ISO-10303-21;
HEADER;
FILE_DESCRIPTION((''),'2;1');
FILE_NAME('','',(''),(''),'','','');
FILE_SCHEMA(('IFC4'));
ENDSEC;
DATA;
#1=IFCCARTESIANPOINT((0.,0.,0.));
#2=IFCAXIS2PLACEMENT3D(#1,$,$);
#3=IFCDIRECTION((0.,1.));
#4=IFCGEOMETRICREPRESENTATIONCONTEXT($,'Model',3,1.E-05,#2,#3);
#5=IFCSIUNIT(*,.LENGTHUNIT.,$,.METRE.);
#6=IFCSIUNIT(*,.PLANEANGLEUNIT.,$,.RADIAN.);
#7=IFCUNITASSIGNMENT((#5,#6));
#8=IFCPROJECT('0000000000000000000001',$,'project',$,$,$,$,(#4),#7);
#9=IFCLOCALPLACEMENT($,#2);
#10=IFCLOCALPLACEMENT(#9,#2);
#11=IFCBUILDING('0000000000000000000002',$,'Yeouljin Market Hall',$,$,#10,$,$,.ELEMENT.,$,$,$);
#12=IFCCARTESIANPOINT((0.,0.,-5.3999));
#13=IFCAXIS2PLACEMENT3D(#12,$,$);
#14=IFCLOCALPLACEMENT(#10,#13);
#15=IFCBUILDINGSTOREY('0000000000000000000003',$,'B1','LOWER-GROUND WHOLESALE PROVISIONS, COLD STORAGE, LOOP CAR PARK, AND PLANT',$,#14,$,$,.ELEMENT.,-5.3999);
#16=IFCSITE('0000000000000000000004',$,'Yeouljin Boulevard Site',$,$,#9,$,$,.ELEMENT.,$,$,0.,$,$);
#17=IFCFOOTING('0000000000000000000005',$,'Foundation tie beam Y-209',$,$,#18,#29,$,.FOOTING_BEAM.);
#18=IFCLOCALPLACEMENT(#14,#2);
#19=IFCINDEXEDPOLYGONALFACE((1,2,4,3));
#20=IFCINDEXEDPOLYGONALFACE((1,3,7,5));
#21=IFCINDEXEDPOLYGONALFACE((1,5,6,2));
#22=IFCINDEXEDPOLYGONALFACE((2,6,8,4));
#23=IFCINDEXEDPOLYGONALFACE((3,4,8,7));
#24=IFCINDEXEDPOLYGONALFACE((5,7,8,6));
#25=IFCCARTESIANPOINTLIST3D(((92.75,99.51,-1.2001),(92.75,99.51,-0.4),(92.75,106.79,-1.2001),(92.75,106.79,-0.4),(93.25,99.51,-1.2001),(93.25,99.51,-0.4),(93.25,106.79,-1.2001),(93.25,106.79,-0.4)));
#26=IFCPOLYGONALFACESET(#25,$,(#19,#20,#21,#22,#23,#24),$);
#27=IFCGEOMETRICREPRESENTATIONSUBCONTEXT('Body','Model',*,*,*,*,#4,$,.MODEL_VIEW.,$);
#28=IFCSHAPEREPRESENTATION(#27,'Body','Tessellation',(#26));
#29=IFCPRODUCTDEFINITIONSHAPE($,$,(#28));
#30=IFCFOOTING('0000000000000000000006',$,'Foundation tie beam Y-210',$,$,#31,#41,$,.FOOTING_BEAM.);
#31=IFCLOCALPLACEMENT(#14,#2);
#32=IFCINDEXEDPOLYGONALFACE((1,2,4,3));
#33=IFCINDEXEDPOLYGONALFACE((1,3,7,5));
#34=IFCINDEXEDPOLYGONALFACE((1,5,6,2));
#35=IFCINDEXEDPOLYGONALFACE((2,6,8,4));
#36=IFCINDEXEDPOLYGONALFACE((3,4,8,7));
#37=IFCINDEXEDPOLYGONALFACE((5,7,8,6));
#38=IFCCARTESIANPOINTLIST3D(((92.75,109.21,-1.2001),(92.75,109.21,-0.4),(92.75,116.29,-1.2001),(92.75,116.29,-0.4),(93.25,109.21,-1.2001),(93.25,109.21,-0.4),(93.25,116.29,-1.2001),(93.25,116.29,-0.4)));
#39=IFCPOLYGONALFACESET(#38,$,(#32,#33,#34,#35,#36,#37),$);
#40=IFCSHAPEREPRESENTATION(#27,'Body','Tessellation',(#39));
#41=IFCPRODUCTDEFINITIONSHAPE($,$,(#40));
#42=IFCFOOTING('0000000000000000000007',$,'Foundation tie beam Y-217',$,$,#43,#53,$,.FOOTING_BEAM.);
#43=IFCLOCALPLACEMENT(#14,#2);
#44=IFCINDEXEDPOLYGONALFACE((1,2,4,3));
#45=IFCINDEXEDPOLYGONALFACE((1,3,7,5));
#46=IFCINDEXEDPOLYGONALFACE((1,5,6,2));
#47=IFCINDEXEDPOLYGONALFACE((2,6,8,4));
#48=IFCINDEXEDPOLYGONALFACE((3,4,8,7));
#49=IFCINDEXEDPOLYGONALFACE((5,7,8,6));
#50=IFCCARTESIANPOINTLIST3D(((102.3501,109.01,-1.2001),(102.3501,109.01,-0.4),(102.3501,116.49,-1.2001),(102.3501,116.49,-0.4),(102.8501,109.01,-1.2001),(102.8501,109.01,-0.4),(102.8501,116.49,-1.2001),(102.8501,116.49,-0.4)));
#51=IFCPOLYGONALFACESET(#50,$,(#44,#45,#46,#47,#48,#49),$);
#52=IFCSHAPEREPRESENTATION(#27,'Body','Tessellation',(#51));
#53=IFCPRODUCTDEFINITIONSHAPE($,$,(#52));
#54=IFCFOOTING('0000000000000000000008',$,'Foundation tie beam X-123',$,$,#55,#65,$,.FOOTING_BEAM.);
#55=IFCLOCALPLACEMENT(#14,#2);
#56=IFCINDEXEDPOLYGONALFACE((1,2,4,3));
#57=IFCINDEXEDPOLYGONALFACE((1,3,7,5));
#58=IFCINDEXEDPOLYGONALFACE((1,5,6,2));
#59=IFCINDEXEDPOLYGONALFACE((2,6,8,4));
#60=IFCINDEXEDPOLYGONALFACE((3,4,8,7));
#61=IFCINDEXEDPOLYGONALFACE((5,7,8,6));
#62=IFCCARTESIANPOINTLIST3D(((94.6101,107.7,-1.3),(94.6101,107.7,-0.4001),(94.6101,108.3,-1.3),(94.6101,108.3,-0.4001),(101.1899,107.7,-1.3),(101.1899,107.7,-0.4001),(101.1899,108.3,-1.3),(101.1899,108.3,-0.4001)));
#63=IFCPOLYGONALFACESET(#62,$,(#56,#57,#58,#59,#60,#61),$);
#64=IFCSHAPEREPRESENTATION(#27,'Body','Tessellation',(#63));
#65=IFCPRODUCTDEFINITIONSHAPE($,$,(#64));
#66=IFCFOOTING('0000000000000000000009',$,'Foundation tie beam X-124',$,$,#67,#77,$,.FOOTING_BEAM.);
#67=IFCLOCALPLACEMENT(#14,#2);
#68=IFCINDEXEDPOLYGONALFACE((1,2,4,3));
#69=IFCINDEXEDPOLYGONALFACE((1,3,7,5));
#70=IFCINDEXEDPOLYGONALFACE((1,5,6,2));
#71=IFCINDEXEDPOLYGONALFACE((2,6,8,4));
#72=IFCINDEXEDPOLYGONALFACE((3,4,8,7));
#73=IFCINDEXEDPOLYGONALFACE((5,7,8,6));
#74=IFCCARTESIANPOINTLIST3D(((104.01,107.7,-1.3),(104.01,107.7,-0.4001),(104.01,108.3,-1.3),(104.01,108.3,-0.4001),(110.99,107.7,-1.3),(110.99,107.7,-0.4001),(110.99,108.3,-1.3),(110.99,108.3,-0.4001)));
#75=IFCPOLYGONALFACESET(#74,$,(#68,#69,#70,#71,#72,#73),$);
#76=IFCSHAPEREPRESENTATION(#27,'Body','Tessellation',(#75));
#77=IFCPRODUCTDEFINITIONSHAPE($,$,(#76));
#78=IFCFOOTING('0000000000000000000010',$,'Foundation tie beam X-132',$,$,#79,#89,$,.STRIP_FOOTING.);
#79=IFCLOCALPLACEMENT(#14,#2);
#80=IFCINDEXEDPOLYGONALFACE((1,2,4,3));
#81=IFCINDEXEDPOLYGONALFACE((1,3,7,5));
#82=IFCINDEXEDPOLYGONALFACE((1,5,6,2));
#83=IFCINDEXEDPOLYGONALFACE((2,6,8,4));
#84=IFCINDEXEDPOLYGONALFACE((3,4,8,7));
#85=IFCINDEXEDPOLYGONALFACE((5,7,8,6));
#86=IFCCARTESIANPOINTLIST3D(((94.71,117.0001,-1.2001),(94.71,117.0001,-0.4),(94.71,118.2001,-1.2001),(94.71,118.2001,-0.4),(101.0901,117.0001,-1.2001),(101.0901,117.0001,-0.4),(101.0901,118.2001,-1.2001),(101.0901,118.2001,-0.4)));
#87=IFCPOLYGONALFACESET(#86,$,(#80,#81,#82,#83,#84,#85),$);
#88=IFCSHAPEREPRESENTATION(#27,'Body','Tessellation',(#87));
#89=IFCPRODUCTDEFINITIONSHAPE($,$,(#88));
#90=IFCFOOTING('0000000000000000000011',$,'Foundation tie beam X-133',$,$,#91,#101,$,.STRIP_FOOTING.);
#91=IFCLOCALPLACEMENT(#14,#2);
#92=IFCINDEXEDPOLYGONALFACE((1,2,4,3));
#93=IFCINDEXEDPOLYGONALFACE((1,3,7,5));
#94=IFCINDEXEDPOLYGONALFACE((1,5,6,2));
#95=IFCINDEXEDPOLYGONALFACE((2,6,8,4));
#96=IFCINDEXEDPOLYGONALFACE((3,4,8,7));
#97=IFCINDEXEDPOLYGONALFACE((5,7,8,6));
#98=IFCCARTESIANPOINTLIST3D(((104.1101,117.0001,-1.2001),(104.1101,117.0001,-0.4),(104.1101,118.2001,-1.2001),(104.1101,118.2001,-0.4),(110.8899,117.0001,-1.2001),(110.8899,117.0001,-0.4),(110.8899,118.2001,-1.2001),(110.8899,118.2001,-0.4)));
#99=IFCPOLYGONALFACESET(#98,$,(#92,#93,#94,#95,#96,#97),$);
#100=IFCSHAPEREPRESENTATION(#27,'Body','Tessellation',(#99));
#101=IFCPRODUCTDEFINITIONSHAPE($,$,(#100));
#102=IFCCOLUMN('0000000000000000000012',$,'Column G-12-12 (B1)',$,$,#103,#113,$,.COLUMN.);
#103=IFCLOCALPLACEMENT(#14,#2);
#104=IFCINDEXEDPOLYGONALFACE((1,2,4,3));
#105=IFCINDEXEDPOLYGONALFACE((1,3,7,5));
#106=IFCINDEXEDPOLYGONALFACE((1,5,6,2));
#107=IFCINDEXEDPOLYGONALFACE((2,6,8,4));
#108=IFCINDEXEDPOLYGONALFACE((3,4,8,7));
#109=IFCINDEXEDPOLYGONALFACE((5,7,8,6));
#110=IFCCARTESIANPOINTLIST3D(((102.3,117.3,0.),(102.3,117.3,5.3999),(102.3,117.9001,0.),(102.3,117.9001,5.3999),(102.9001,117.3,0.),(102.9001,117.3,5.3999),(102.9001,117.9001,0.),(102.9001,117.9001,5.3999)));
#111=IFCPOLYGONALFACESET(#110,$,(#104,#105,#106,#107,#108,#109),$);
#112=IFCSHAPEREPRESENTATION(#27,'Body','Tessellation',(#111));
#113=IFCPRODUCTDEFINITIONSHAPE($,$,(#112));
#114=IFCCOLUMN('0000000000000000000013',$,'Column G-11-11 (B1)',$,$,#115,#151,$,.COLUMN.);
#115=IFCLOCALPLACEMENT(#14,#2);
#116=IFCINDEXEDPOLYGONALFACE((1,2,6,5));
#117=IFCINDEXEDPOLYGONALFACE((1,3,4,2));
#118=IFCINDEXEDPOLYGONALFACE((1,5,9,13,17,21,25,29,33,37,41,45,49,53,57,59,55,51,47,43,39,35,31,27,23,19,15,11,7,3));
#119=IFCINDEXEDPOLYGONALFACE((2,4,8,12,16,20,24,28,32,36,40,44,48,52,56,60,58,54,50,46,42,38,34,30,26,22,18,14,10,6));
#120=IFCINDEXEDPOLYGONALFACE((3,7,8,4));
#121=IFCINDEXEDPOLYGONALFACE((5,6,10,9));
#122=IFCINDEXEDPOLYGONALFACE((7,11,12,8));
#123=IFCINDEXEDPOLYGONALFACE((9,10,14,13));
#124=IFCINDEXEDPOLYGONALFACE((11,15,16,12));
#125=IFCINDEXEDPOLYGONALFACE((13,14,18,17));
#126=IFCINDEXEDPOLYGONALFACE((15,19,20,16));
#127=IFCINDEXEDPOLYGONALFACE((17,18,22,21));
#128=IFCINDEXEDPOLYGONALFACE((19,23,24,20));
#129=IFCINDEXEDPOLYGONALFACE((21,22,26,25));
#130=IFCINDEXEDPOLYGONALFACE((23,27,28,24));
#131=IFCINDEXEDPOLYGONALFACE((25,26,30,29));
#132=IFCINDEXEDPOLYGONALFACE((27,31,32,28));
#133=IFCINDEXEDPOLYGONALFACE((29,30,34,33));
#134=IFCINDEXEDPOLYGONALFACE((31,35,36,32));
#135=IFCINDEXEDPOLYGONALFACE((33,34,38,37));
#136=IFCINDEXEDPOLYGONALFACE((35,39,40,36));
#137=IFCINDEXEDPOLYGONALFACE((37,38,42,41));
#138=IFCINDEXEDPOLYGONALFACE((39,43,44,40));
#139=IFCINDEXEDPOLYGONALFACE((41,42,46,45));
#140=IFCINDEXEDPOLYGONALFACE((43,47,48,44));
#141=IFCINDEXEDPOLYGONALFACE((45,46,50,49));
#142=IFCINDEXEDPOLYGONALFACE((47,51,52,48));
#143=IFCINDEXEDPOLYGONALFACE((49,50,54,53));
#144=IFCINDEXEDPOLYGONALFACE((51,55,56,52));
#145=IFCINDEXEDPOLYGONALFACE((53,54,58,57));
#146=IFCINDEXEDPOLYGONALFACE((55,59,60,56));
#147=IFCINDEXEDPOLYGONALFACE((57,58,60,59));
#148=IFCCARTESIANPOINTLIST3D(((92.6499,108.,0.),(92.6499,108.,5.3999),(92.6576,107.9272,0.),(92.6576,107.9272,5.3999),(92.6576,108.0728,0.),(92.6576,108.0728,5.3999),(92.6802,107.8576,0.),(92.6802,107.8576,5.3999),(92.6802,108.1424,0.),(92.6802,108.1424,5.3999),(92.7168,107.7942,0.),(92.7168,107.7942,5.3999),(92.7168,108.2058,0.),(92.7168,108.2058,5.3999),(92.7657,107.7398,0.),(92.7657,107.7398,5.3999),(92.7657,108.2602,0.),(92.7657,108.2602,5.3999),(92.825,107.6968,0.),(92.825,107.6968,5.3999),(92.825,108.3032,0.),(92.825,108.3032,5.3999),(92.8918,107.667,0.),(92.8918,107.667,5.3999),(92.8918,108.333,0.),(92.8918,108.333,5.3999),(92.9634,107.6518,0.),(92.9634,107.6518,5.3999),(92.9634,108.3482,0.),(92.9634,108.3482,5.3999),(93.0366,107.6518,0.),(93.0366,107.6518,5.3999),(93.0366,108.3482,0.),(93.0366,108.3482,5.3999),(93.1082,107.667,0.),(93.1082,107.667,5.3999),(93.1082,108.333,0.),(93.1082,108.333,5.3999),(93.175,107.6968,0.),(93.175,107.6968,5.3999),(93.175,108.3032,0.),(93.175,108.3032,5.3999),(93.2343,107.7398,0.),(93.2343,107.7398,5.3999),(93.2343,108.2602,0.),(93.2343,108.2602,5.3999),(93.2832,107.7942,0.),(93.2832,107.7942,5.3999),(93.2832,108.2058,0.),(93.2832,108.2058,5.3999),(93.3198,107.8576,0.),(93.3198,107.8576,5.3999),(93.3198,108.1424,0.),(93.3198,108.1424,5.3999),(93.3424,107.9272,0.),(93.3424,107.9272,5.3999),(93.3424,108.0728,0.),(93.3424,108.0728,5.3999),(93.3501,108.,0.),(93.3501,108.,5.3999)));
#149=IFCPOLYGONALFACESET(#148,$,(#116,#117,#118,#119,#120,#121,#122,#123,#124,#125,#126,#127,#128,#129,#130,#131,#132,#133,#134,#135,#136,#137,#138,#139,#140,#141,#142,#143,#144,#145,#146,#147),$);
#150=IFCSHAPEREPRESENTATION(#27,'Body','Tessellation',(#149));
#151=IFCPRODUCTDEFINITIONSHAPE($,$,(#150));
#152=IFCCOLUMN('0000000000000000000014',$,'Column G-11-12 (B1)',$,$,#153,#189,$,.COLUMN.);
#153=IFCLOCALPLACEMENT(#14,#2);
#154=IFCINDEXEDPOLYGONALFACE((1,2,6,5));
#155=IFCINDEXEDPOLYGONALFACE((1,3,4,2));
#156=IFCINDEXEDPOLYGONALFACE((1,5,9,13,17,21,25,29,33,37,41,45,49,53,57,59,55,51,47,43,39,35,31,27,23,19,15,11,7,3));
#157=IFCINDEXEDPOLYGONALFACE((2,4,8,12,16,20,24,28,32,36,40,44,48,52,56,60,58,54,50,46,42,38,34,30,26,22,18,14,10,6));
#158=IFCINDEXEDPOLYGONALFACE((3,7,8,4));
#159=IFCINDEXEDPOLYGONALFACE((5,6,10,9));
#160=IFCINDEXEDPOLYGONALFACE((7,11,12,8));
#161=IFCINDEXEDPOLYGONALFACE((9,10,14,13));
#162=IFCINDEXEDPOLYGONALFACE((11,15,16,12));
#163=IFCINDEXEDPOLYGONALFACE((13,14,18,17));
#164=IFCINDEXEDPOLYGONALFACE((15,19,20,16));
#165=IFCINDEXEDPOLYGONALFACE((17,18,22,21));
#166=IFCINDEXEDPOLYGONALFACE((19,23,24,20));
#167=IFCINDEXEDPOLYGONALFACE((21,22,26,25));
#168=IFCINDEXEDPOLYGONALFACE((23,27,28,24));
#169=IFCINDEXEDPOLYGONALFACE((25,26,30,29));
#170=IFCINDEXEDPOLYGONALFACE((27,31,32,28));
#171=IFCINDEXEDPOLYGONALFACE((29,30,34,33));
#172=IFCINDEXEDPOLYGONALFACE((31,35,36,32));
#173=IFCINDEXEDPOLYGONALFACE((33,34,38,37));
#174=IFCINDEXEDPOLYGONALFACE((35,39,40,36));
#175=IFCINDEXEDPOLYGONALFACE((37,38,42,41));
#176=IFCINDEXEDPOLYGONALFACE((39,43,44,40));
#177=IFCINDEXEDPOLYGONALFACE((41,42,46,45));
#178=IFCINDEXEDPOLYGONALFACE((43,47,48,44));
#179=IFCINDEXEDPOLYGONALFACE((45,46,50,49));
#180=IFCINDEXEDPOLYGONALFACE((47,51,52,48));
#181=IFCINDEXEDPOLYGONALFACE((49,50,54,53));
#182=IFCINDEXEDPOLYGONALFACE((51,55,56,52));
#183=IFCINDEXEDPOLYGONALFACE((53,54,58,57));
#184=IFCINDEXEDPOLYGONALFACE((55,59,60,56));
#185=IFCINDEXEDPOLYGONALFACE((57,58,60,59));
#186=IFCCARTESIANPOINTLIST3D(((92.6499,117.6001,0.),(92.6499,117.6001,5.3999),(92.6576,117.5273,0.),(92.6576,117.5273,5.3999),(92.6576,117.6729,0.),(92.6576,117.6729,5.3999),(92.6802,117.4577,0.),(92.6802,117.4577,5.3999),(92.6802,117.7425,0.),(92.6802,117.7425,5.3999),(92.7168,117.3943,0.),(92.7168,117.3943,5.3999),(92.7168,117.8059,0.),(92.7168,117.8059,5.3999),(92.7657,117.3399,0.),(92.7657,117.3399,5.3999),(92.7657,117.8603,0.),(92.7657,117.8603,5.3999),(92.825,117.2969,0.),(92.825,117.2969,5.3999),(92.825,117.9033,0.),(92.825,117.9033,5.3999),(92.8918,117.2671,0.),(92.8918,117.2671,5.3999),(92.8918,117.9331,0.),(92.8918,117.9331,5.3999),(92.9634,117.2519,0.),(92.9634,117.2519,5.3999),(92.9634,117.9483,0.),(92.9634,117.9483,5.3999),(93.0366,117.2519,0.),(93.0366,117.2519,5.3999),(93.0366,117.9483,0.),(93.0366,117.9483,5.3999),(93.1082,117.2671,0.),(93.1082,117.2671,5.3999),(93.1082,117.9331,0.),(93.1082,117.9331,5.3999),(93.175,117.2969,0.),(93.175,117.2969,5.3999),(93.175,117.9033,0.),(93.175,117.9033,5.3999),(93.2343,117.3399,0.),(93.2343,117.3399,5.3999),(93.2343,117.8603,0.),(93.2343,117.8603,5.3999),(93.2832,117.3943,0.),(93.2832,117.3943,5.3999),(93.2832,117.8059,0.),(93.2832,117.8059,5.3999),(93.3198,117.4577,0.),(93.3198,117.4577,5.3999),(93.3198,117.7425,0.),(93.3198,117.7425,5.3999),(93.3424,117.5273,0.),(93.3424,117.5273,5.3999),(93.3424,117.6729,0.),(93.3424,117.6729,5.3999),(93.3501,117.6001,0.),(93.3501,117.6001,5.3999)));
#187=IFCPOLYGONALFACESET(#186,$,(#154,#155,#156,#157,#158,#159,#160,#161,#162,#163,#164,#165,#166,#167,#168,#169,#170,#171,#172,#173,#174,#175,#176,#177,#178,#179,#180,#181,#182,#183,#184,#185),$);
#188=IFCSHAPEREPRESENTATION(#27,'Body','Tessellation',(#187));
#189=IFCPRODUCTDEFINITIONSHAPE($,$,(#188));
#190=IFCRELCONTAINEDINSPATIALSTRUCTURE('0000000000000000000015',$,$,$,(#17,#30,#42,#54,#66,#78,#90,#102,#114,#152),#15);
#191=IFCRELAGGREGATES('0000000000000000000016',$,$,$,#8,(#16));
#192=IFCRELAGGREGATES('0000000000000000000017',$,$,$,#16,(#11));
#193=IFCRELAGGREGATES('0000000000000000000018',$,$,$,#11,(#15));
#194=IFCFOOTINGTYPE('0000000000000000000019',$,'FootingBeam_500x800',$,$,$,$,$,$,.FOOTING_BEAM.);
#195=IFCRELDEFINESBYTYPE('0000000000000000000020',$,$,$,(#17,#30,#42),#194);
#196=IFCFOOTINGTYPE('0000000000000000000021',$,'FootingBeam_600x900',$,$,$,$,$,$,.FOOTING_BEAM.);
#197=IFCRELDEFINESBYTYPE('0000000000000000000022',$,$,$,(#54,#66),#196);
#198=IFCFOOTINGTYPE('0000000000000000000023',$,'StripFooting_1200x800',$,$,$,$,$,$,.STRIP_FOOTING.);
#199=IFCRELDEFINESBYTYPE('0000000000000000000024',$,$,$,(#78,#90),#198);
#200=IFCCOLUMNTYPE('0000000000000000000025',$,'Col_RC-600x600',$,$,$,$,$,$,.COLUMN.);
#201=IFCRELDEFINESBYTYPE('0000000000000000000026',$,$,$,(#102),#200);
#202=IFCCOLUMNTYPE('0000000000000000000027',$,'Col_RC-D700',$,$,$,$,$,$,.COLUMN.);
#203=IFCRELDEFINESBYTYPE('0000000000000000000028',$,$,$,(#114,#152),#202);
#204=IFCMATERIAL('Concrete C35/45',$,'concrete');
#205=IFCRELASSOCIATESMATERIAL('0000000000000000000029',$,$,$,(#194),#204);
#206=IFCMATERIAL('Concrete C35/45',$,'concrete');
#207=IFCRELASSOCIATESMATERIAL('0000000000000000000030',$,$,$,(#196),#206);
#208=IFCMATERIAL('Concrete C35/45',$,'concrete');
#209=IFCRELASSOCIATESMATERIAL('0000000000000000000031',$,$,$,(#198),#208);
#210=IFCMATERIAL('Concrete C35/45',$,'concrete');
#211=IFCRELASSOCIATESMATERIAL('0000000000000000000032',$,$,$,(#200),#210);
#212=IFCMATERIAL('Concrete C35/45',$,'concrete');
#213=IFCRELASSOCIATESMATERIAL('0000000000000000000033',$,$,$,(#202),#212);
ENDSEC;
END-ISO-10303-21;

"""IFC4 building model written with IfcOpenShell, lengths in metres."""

from ifc_helpers import new_model, si_unit, direction, frame, origin, origin_2d, place, context, subcontext, project, spatial, rectangle, circle, extrude, material, material_profile, profile_set, type_object, element, save


model = new_model("IFC4")

# Units and contexts
model_context = context("Model", 3, precision=1e-05, world=origin(), true_north=direction((0.0, 1.0)))
body_context = subcontext(model_context, "Body", "Model", "MODEL_VIEW")
ifc_project = project(units=[si_unit("LENGTHUNIT", "METRE"), si_unit("PLANEANGLEUNIT", "RADIAN")], contexts=[model_context])

# Site, building, storey
site_placement = place(None, origin())
site = spatial("IfcSite", under=ifc_project, at=site_placement, Name="Yeouljin Boulevard Site", CompositionType="ELEMENT", RefElevation=0.0)
building_placement = place(site_placement, origin())
building = spatial("IfcBuilding", under=site, at=building_placement, Name="Yeouljin Market Hall", CompositionType="ELEMENT")
storey_placement = place(building_placement, frame((0.0, 0.0, -5.3999)))
storey = spatial("IfcBuildingStorey", under=building, at=storey_placement, Name="B1", Description="LOWER-GROUND WHOLESALE PROVISIONS, COLD STORAGE, LOOP CAR PARK, AND PLANT", CompositionType="ELEMENT", Elevation=-5.3999)

# Footings
ifc_material_1 = material(Name="Concrete C35/45", Category="concrete")
ifc_material_profile_1 = material_profile(ifc_material_1, rectangle(XDim=0.5, YDim=0.8, at=origin_2d()), Name="RC-500x800")
ifc_profile_set_1 = profile_set([ifc_material_profile_1], Name="Concrete C35/45")
footing_type_1 = type_object("IfcFootingType", Name="FootingBeam_500x800", PredefinedType="FOOTING_BEAM", material=ifc_profile_set_1)
footing_1_placement = place(storey_placement, frame((93.0, 99.51, -0.8), z_axis=(0.0, 1.0, 0.0), x_axis=(-1.0, 0.0, 0.0)))
element("IfcFooting", 1, at=footing_1_placement, inside=storey, type_object=footing_type_1, Name="Foundation tie beam Y-209", PredefinedType="FOOTING_BEAM", context=body_context, shape_type="SweptSolid", body=[
    extrude(rectangle(XDim=0.5, YDim=0.8, at=origin_2d()), origin(), (0.0, 0.0, 1.0), 7.28),
])
footing_2_placement = place(storey_placement, frame((93.0, 109.21, -0.8), z_axis=(0.0, 1.0, 0.0), x_axis=(-1.0, 0.0, 0.0)))
element("IfcFooting", 2, at=footing_2_placement, inside=storey, type_object=footing_type_1, Name="Foundation tie beam Y-210", PredefinedType="FOOTING_BEAM", context=body_context, shape_type="SweptSolid", body=[
    extrude(rectangle(XDim=0.5, YDim=0.8, at=origin_2d()), origin(), (0.0, 0.0, 1.0), 7.0801),
])
footing_3_placement = place(storey_placement, frame((102.6001, 109.01, -0.8), z_axis=(0.0, 1.0, 0.0), x_axis=(-1.0, 0.0, 0.0)))
element("IfcFooting", 3, at=footing_3_placement, inside=storey, type_object=footing_type_1, Name="Foundation tie beam Y-217", PredefinedType="FOOTING_BEAM", context=body_context, shape_type="SweptSolid", body=[
    extrude(rectangle(XDim=0.5, YDim=0.8, at=origin_2d()), origin(), (0.0, 0.0, 1.0), 7.48),
])
ifc_material_2 = material(Name="Concrete C35/45", Category="concrete")
ifc_material_profile_2 = material_profile(ifc_material_2, rectangle(XDim=0.6001, YDim=0.8999, at=origin_2d()), Name="RC-600x900")
ifc_profile_set_2 = profile_set([ifc_material_profile_2], Name="Concrete C35/45")
footing_type_2 = type_object("IfcFootingType", Name="FootingBeam_600x900", PredefinedType="FOOTING_BEAM", material=ifc_profile_set_2)
footing_4_placement = place(storey_placement, frame((94.6101, 108.0, -0.8501), z_axis=(1.0, 0.0, 0.0), x_axis=(0.0, 1.0, 0.0)))
element("IfcFooting", 4, at=footing_4_placement, inside=storey, type_object=footing_type_2, Name="Foundation tie beam X-123", PredefinedType="FOOTING_BEAM", context=body_context, shape_type="SweptSolid", body=[
    extrude(rectangle(XDim=0.6001, YDim=0.8999, at=origin_2d()), origin(), (0.0, 0.0, 1.0), 6.5798),
])
footing_5_placement = place(storey_placement, frame((104.01, 108.0, -0.8501), z_axis=(1.0, 0.0, 0.0), x_axis=(0.0, 1.0, 0.0)))
element("IfcFooting", 5, at=footing_5_placement, inside=storey, type_object=footing_type_2, Name="Foundation tie beam X-124", PredefinedType="FOOTING_BEAM", context=body_context, shape_type="SweptSolid", body=[
    extrude(rectangle(XDim=0.6001, YDim=0.8999, at=origin_2d()), origin(), (0.0, 0.0, 1.0), 6.98),
])
ifc_material_3 = material(Name="Concrete C35/45", Category="concrete")
ifc_material_profile_3 = material_profile(ifc_material_3, rectangle(XDim=1.2, YDim=0.8, at=origin_2d()), Name="SF-1200x800")
ifc_profile_set_3 = profile_set([ifc_material_profile_3], Name="Concrete C35/45")
footing_type_3 = type_object("IfcFootingType", Name="StripFooting_1200x800", PredefinedType="STRIP_FOOTING", material=ifc_profile_set_3)
footing_6_placement = place(storey_placement, frame((94.71, 117.6001, -0.8), z_axis=(1.0, 0.0, 0.0), x_axis=(0.0, 1.0, 0.0)))
element("IfcFooting", 6, at=footing_6_placement, inside=storey, type_object=footing_type_3, Name="Foundation tie beam X-132", PredefinedType="STRIP_FOOTING", context=body_context, shape_type="SweptSolid", body=[
    extrude(rectangle(XDim=1.2, YDim=0.8, at=origin_2d()), origin(), (0.0, 0.0, 1.0), 6.3801),
])
footing_7_placement = place(storey_placement, frame((104.1101, 117.6001, -0.8), z_axis=(1.0, 0.0, 0.0), x_axis=(0.0, 1.0, 0.0)))
element("IfcFooting", 7, at=footing_7_placement, inside=storey, type_object=footing_type_3, Name="Foundation tie beam X-133", PredefinedType="STRIP_FOOTING", context=body_context, shape_type="SweptSolid", body=[
    extrude(rectangle(XDim=1.2, YDim=0.8, at=origin_2d()), origin(), (0.0, 0.0, 1.0), 6.7798),
])

# Columns
ifc_material_4 = material(Name="Concrete C35/45", Category="concrete")
ifc_material_profile_4 = material_profile(ifc_material_4, rectangle(XDim=0.6001, YDim=0.6001, at=origin_2d()), Name="RC-600x600")
ifc_profile_set_4 = profile_set([ifc_material_profile_4], Name="Concrete C35/45")
column_type_1 = type_object("IfcColumnType", Name="Col_RC-600x600", PredefinedType="COLUMN", material=ifc_profile_set_4)
column_placement = place(storey_placement, frame((102.6001, 117.6001, 0.0), z_axis=(0.0, 0.0, 1.0), x_axis=(1.0, 0.0, 0.0)))
element("IfcColumn", 8, at=column_placement, inside=storey, type_object=column_type_1, Name="Column G-12-12 (B1)", PredefinedType="COLUMN", context=body_context, shape_type="SweptSolid", body=[
    extrude(rectangle(XDim=0.6001, YDim=0.6001, at=origin_2d()), origin(), (0.0, 0.0, 1.0), 5.3999),
])
ifc_material_5 = material(Name="Concrete C35/45", Category="concrete")
ifc_material_profile_5 = material_profile(ifc_material_5, circle(Radius=0.3501, at=origin_2d()), Name="RC-D700")
ifc_profile_set_5 = profile_set([ifc_material_profile_5], Name="Concrete C35/45")
column_type_2 = type_object("IfcColumnType", Name="Col_RC-D700", PredefinedType="COLUMN", material=ifc_profile_set_5)
for number, where, z_axis, x_axis, name in (
    (9, (93.0, 108.0, 0.0), (0.0, 0.0, 1.0), (1.0, 0.0, 0.0), "Column G-11-11 (B1)"),
    (10, (93.0, 117.6001, 0.0), (0.0, 0.0, 1.0), (1.0, 0.0, 0.0), "Column G-11-12 (B1)"),
):
    element("IfcColumn", number, at=place(storey_placement, frame(where, z_axis=z_axis, x_axis=x_axis)), inside=storey, type_object=column_type_2, Name=name, PredefinedType="COLUMN", context=body_context, shape_type="SweptSolid", body=[
        extrude(circle(Radius=0.3501, at=origin_2d()), origin(), (0.0, 0.0, 1.0), 5.3999),
    ])

save(model, "model.ifc")
